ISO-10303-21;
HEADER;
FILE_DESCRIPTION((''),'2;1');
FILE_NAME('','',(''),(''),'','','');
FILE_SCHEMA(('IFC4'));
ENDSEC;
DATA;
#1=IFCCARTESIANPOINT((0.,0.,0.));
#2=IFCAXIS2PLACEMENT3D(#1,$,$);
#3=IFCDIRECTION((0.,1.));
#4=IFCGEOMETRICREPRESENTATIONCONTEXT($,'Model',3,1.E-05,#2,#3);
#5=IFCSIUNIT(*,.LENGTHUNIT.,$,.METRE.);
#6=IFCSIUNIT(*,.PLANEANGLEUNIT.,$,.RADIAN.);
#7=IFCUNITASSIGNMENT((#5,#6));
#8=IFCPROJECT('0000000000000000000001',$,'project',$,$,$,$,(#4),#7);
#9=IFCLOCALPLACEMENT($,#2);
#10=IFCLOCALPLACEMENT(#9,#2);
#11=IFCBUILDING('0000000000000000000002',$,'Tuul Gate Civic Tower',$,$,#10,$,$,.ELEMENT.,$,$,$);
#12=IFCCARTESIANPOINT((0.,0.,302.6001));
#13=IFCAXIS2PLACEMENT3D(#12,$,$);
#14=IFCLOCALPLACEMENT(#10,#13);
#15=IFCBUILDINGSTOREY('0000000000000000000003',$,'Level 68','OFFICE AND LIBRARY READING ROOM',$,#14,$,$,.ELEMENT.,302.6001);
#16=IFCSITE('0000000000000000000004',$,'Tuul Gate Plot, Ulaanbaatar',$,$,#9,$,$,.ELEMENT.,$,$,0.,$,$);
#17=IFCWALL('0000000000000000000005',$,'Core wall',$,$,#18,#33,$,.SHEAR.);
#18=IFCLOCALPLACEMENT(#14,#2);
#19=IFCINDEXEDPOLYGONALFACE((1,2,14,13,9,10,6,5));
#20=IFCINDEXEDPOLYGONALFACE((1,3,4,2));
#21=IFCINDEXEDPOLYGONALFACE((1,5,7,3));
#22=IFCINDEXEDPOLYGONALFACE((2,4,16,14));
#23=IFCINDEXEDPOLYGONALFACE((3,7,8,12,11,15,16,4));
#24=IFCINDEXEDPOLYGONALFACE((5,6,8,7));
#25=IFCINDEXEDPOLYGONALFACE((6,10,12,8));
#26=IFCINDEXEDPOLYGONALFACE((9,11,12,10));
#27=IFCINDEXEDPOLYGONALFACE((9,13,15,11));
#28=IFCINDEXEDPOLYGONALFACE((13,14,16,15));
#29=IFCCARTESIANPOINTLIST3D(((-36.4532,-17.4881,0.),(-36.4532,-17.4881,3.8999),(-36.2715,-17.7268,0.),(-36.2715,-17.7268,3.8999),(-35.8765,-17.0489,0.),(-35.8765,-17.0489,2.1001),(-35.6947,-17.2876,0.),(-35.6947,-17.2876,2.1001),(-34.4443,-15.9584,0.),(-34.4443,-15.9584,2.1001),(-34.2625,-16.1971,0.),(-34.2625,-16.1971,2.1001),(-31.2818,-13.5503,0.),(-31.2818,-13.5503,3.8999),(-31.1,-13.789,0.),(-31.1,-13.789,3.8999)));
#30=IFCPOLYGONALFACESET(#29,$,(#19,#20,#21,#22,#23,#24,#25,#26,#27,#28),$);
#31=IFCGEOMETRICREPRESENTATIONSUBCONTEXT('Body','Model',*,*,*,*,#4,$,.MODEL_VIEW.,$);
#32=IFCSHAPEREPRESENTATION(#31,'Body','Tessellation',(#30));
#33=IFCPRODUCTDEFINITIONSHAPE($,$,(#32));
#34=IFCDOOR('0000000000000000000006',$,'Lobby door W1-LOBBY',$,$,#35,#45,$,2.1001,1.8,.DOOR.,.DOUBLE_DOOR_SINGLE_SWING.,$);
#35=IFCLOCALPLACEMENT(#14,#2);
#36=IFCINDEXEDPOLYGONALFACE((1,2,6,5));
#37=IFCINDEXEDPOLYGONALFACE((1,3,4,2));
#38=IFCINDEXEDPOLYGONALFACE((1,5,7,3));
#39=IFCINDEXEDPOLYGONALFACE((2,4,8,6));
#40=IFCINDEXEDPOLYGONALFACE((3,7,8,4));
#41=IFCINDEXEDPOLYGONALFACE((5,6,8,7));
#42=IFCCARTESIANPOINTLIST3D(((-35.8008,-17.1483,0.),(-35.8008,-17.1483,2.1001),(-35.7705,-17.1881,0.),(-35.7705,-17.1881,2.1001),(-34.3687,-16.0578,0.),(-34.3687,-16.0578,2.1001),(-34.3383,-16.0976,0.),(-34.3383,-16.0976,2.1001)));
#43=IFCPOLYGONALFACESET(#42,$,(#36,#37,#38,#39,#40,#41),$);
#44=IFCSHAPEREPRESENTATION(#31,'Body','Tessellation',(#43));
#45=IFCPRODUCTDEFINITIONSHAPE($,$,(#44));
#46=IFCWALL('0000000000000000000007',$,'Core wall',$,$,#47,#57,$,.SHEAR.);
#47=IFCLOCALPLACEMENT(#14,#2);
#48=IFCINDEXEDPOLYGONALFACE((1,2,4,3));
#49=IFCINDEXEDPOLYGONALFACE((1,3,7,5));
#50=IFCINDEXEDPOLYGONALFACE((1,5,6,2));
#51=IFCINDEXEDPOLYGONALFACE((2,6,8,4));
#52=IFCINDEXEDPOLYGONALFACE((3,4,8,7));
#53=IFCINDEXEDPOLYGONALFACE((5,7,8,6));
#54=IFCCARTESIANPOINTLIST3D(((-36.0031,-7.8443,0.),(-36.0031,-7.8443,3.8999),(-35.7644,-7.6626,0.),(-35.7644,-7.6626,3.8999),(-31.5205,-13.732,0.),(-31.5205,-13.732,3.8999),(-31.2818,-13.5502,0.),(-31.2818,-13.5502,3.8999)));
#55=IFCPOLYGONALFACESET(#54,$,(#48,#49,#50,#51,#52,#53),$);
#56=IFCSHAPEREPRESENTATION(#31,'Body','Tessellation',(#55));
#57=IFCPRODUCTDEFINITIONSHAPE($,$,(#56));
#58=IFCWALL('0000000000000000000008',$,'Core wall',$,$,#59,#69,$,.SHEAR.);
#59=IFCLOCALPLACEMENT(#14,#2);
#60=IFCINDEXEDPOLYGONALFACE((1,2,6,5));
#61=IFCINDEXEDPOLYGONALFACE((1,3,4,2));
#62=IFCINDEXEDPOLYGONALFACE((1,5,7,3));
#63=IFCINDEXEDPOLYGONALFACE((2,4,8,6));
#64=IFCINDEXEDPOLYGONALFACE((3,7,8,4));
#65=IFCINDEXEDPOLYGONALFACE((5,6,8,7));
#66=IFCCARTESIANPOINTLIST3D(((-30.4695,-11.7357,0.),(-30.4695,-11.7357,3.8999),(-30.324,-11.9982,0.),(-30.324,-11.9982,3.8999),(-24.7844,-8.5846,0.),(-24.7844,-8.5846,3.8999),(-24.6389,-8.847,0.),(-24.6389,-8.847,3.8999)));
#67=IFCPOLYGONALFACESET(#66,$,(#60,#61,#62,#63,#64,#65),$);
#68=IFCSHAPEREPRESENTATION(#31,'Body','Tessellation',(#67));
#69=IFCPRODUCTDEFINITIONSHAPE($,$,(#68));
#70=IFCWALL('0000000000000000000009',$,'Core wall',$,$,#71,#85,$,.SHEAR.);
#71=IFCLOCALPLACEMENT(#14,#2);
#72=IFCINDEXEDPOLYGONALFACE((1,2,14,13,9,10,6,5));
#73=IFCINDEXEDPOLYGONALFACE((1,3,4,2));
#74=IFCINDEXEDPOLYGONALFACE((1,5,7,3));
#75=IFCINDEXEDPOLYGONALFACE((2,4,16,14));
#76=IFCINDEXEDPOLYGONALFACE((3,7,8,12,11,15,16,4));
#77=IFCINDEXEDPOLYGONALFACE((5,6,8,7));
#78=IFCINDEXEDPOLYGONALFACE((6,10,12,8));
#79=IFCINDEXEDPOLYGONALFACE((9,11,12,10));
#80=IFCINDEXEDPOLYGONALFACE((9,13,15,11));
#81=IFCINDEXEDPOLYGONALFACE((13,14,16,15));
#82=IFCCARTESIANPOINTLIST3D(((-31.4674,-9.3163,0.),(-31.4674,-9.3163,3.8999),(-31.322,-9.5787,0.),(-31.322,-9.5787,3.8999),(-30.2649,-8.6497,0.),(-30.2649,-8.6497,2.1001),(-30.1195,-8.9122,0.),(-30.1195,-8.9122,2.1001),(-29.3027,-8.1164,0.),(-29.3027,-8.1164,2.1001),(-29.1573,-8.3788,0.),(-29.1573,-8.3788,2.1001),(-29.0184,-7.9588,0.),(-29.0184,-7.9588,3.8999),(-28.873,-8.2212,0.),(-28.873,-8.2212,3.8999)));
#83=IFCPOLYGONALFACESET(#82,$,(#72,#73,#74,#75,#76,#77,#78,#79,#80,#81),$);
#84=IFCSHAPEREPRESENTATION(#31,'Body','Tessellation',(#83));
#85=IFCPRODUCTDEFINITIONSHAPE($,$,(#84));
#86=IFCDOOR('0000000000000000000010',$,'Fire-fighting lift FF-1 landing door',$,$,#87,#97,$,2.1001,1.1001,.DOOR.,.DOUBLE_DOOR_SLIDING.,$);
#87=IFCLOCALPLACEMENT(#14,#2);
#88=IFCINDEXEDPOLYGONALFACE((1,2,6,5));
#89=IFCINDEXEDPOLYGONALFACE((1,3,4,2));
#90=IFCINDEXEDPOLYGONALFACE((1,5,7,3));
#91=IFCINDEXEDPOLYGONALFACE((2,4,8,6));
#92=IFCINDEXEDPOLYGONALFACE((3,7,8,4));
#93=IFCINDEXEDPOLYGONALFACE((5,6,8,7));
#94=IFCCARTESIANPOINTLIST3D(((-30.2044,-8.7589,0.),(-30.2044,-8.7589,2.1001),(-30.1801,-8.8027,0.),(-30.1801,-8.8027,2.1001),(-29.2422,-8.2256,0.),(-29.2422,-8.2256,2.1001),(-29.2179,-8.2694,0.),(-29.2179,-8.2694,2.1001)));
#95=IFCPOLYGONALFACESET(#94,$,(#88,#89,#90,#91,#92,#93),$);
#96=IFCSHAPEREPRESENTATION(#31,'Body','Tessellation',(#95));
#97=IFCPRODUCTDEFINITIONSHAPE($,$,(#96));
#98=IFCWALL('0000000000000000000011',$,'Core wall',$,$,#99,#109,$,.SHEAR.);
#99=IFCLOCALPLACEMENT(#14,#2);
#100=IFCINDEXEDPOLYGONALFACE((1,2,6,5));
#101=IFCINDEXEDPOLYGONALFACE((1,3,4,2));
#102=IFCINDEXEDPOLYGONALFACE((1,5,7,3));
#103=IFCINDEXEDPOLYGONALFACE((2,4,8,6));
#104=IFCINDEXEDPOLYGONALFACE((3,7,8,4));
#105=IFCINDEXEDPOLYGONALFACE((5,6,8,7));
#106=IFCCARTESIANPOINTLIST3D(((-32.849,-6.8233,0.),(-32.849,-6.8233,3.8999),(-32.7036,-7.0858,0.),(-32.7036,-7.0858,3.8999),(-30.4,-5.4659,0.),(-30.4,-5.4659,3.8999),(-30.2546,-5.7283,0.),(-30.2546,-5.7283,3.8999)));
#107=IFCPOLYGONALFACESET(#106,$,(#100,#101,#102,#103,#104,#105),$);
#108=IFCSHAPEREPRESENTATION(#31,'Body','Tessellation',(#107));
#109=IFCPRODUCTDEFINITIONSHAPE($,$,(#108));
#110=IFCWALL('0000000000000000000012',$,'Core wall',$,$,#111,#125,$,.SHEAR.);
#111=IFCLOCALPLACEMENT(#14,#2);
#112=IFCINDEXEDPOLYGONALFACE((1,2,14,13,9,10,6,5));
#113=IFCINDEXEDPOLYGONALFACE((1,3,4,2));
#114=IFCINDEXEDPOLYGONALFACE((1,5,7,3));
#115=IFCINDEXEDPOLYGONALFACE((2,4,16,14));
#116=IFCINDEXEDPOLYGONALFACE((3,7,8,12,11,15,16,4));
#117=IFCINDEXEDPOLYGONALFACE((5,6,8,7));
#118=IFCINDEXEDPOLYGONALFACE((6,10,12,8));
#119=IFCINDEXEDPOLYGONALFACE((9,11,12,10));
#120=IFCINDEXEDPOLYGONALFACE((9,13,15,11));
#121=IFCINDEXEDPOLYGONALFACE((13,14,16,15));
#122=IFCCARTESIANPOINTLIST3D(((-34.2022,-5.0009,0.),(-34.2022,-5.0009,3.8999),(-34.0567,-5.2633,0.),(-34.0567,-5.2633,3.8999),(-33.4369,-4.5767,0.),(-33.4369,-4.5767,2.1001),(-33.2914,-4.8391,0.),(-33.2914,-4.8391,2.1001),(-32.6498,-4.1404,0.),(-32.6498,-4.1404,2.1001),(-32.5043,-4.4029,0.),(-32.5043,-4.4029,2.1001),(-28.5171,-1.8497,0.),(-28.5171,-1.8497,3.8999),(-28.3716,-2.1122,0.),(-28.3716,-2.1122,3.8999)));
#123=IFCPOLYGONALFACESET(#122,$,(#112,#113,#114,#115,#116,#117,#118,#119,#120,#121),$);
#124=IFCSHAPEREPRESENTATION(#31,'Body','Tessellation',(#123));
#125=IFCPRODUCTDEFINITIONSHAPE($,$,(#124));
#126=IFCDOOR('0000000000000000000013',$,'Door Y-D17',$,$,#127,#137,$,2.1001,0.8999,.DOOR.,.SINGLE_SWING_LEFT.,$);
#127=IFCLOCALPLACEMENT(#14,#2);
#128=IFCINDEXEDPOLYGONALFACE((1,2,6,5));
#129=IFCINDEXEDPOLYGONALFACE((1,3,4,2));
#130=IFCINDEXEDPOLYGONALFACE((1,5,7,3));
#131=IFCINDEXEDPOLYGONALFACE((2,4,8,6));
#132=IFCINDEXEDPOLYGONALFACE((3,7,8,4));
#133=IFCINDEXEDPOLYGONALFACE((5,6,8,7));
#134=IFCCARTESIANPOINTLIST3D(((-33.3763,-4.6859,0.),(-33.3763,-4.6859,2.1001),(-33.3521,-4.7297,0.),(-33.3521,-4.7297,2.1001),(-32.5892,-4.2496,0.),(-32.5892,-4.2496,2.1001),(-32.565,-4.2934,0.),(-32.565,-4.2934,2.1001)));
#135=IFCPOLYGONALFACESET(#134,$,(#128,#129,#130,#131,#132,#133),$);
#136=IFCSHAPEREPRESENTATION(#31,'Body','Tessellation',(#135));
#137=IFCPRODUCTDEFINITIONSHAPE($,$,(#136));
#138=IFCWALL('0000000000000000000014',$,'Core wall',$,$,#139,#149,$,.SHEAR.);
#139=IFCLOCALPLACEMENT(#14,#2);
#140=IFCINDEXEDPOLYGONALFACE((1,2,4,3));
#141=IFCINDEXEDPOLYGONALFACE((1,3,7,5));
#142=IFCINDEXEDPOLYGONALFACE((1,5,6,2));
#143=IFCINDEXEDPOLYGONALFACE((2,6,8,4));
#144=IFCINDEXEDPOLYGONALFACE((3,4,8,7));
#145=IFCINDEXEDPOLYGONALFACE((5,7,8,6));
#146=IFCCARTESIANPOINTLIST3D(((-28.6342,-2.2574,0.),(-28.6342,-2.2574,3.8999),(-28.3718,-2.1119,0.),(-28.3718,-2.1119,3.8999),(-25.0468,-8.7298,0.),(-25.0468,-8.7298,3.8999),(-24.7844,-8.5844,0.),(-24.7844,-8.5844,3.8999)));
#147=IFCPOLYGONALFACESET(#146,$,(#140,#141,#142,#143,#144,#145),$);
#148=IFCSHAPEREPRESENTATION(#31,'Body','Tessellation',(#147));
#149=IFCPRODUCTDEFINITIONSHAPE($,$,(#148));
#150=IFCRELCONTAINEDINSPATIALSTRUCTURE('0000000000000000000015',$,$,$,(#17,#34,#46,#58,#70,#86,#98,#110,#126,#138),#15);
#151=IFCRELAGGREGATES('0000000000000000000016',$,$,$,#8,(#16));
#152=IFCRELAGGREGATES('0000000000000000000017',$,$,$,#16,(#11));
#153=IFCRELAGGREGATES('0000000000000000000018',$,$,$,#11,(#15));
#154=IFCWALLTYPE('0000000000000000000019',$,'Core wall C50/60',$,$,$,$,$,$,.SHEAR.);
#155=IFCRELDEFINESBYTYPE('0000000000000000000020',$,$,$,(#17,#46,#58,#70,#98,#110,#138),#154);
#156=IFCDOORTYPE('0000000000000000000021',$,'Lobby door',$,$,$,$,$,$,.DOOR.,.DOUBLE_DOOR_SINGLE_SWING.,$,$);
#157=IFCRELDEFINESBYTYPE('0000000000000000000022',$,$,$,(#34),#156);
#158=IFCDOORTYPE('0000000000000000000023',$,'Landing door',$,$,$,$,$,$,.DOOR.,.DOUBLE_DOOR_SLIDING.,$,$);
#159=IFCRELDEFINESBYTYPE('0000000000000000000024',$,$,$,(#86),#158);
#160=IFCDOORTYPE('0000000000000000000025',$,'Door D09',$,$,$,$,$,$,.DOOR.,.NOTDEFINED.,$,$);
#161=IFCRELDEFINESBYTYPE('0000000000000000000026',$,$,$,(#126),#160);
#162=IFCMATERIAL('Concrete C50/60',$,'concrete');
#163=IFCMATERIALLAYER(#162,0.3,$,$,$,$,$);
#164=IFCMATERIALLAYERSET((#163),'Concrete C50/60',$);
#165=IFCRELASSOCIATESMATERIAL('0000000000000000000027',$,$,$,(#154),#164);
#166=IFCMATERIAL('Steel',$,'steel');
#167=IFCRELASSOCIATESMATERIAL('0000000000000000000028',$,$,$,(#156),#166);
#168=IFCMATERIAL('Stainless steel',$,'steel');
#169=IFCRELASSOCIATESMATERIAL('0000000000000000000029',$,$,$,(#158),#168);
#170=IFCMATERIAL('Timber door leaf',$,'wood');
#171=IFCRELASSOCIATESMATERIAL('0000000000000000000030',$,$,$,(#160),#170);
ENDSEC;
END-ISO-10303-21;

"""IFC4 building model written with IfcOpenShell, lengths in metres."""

from ifc_helpers import new_model, si_unit, direction, frame, frame_2d, origin, place, context, subcontext, project, spatial, rectangle, extrude, material, layer, layer_set, type_object, element, fill, save


model = new_model("IFC4")

# Units and contexts
model_context = context("Model", 3, precision=1e-05, world=origin(), true_north=direction((0.0, 1.0)))
body_context = subcontext(model_context, "Body", "Model", "MODEL_VIEW")
ifc_project = project(units=[si_unit("LENGTHUNIT", "METRE"), si_unit("PLANEANGLEUNIT", "RADIAN")], contexts=[model_context])

# Site, building, storey
site_placement = place(None, origin())
site = spatial("IfcSite", under=ifc_project, at=site_placement, Name="Tuul Gate Plot, Ulaanbaatar", CompositionType="ELEMENT", RefElevation=0.0)
building_placement = place(site_placement, origin())
building = spatial("IfcBuilding", under=site, at=building_placement, Name="Tuul Gate Civic Tower", CompositionType="ELEMENT")
storey_placement = place(building_placement, frame((0.0, 0.0, 302.6001)))
storey = spatial("IfcBuildingStorey", under=building, at=storey_placement, Name="Level 68", Description="OFFICE AND LIBRARY READING ROOM", CompositionType="ELEMENT", Elevation=302.6001)

# Wall, opening, door
ifc_material_1 = material(Name="Concrete C50/60", Category="concrete")
ifc_layer_1 = layer(ifc_material_1, 0.3)
ifc_layer_set_1 = layer_set([ifc_layer_1], Name="Concrete C50/60")
wall_type_1 = type_object("IfcWallType", Name="Core wall C50/60", PredefinedType="SHEAR", material=ifc_layer_set_1)
wall_1_placement = place(storey_placement, frame((-31.1909, -13.6697, 0.0), z_axis=(0.0, 0.0, 1.0), x_axis=(-0.795607, -0.605813, 0.0)))
wall_1 = element("IfcWall", 1, at=wall_1_placement, inside=storey, type_object=wall_type_1, Name="Core wall", PredefinedType="SHEAR", context=body_context, shape_type="SweptSolid", body=[
    extrude(rectangle(XDim=6.5, YDim=0.3, at=frame_2d((3.25, 0.0))), origin(), (0.0, 0.0, 1.0), 3.8999),
])
opening_1_placement = place(wall_1_placement, frame((3.9751, 0.0, 0.0)))
opening_1 = element("IfcOpeningElement", 2, at=opening_1_placement, cuts=wall_1, PredefinedType="OPENING", context=body_context, shape_type="SweptSolid", body=[
    extrude(rectangle(XDim=1.8, YDim=2.1001, at=frame_2d((0.8999, 1.05))), frame((0.0, 0.1602, 0.0), z_axis=(0.0, -1.0, 0.0), x_axis=(1.0, 0.0, 0.0)), (0.0, 0.0, 1.0), 0.3201),
])
ifc_material_2 = material(Name="Steel", Category="steel")
door_type_1 = type_object("IfcDoorType", Name="Lobby door", OperationType="DOUBLE_DOOR_SINGLE_SWING", PredefinedType="DOOR", material=ifc_material_2)
door_1_placement = place(opening_1_placement, origin())
door_1 = element("IfcDoor", 3, at=door_1_placement, inside=storey, type_object=door_type_1, Name="Lobby door W1-LOBBY", OperationType="DOUBLE_DOOR_SINGLE_SWING", OverallHeight=2.1001, OverallWidth=1.8, PredefinedType="DOOR", context=body_context, shape_type="SweptSolid", body=[
    extrude(rectangle(XDim=1.8, YDim=2.1001, at=frame_2d((0.8999, 1.05))), frame((0.0, 0.0249, 0.0), z_axis=(0.0, -1.0, 0.0), x_axis=(1.0, 0.0, 0.0)), (0.0, 0.0, 1.0), 0.05),
])
fill(opening_1, door_1)

# Walls
wall_2_placement = place(storey_placement, frame((-31.4011, -13.6411, 0.0), z_axis=(0.0, 0.0, 1.0), x_axis=(-0.60577, 0.79564, 0.0)))
element("IfcWall", 4, at=wall_2_placement, inside=storey, type_object=wall_type_1, Name="Core wall", PredefinedType="SHEAR", context=body_context, shape_type="SweptSolid", body=[
    extrude(rectangle(XDim=7.3999, YDim=0.3, at=frame_2d((3.7, 0.0))), origin(), (0.0, 0.0, 1.0), 3.8999),
])
wall_3_placement = place(storey_placement, frame((-24.7117, -8.7158, 0.0), z_axis=(0.0, 0.0, 1.0), x_axis=(-0.87463, -0.484791, 0.0)))
element("IfcWall", 5, at=wall_3_placement, inside=storey, type_object=wall_type_1, Name="Core wall", PredefinedType="SHEAR", context=body_context, shape_type="SweptSolid", body=[
    extrude(rectangle(XDim=6.5, YDim=0.3, at=frame_2d((3.25, 0.0))), origin(), (0.0, 0.0, 1.0), 3.8999),
])

# Wall, opening, door
wall_4_placement = place(storey_placement, frame((-28.9458, -8.0901, 0.0), z_axis=(0.0, 0.0, 1.0), x_axis=(-0.87463, -0.484791, 0.0)))
wall_4 = element("IfcWall", 6, at=wall_4_placement, inside=storey, type_object=wall_type_1, Name="Core wall", PredefinedType="SHEAR", context=body_context, shape_type="SweptSolid", body=[
    extrude(rectangle(XDim=2.8, YDim=0.3, at=frame_2d((1.3999, 0.0))), origin(), (0.0, 0.0, 1.0), 3.8999),
])
opening_2_placement = place(wall_4_placement, frame((0.325, 0.0, 0.0)))
opening_2 = element("IfcOpeningElement", 7, at=opening_2_placement, cuts=wall_4, PredefinedType="OPENING", context=body_context, shape_type="SweptSolid", body=[
    extrude(rectangle(XDim=1.1001, YDim=2.1001, at=frame_2d((0.55, 1.05))), frame((0.0, 0.1602, 0.0), z_axis=(0.0, -1.0, 0.0), x_axis=(1.0, 0.0, 0.0)), (0.0, 0.0, 1.0), 0.3201),
])
ifc_material_3 = material(Name="Stainless steel", Category="steel")
door_type_2 = type_object("IfcDoorType", Name="Landing door", OperationType="DOUBLE_DOOR_SLIDING", PredefinedType="DOOR", material=ifc_material_3)
door_2_placement = place(opening_2_placement, origin())
door_2 = element("IfcDoor", 8, at=door_2_placement, inside=storey, type_object=door_type_2, Name="Fire-fighting lift FF-1 landing door", OperationType="DOUBLE_DOOR_SLIDING", OverallHeight=2.1001, OverallWidth=1.1001, PredefinedType="DOOR", context=body_context, shape_type="SweptSolid", body=[
    extrude(rectangle(XDim=1.1001, YDim=2.1001, at=frame_2d((0.55, 1.05))), frame((0.0, 0.0249, 0.0), z_axis=(0.0, -1.0, 0.0), x_axis=(1.0, 0.0, 0.0)), (0.0, 0.0, 1.0), 0.05),
])
fill(opening_2, door_2)

# Wall
wall_5_placement = place(storey_placement, frame((-30.3274, -5.5972, 0.0), z_axis=(0.0, 0.0, 1.0), x_axis=(-0.87463, -0.484791, 0.0)))
element("IfcWall", 9, at=wall_5_placement, inside=storey, type_object=wall_type_1, Name="Core wall", PredefinedType="SHEAR", context=body_context, shape_type="SweptSolid", body=[
    extrude(rectangle(XDim=2.8, YDim=0.3, at=frame_2d((1.3999, 0.0))), origin(), (0.0, 0.0, 1.0), 3.8999),
])

# Wall, opening, door
wall_6_placement = place(storey_placement, frame((-28.4443, -1.981, 0.0), z_axis=(0.0, 0.0, 1.0), x_axis=(-0.87463, -0.484791, 0.0)))
wall_6 = element("IfcWall", 10, at=wall_6_placement, inside=storey, type_object=wall_type_1, Name="Core wall", PredefinedType="SHEAR", context=body_context, shape_type="SweptSolid", body=[
    extrude(rectangle(XDim=6.5, YDim=0.3, at=frame_2d((3.25, 0.0))), origin(), (0.0, 0.0, 1.0), 3.8999),
])
opening_3_placement = place(wall_6_placement, frame((4.7251, 0.0, 0.0)))
opening_3 = element("IfcOpeningElement", 11, at=opening_3_placement, cuts=wall_6, PredefinedType="OPENING", context=body_context, shape_type="SweptSolid", body=[
    extrude(rectangle(XDim=0.8999, YDim=2.1001, at=frame_2d((0.45, 1.05))), frame((0.0, 0.1602, 0.0), z_axis=(0.0, -1.0, 0.0), x_axis=(1.0, 0.0, 0.0)), (0.0, 0.0, 1.0), 0.3201),
])
ifc_material_4 = material(Name="Timber door leaf", Category="wood")
door_type_3 = type_object("IfcDoorType", Name="Door D09", OperationType="NOTDEFINED", PredefinedType="DOOR", material=ifc_material_4)
door_3_placement = place(opening_3_placement, origin())
door_3 = element("IfcDoor", 12, at=door_3_placement, inside=storey, type_object=door_type_3, Name="Door Y-D17", OperationType="SINGLE_SWING_LEFT", OverallHeight=2.1001, OverallWidth=0.8999, PredefinedType="DOOR", context=body_context, shape_type="SweptSolid", body=[
    extrude(rectangle(XDim=0.8999, YDim=2.1001, at=frame_2d((0.45, 1.05))), frame((0.0, 0.0249, 0.0), z_axis=(0.0, -1.0, 0.0), x_axis=(1.0, 0.0, 0.0)), (0.0, 0.0, 1.0), 0.05),
])
fill(opening_3, door_3)

# Wall
wall_7_placement = place(storey_placement, frame((-24.9155, -8.6572, 0.0), z_axis=(0.0, 0.0, 1.0), x_axis=(-0.484777, 0.874638, 0.0)))
element("IfcWall", 13, at=wall_7_placement, inside=storey, type_object=wall_type_1, Name="Core wall", PredefinedType="SHEAR", context=body_context, shape_type="SweptSolid", body=[
    extrude(rectangle(XDim=7.4001, YDim=0.3, at=frame_2d((3.7002, 0.0))), origin(), (0.0, 0.0, 1.0), 3.8999),
])

save(model, "model.ifc")
